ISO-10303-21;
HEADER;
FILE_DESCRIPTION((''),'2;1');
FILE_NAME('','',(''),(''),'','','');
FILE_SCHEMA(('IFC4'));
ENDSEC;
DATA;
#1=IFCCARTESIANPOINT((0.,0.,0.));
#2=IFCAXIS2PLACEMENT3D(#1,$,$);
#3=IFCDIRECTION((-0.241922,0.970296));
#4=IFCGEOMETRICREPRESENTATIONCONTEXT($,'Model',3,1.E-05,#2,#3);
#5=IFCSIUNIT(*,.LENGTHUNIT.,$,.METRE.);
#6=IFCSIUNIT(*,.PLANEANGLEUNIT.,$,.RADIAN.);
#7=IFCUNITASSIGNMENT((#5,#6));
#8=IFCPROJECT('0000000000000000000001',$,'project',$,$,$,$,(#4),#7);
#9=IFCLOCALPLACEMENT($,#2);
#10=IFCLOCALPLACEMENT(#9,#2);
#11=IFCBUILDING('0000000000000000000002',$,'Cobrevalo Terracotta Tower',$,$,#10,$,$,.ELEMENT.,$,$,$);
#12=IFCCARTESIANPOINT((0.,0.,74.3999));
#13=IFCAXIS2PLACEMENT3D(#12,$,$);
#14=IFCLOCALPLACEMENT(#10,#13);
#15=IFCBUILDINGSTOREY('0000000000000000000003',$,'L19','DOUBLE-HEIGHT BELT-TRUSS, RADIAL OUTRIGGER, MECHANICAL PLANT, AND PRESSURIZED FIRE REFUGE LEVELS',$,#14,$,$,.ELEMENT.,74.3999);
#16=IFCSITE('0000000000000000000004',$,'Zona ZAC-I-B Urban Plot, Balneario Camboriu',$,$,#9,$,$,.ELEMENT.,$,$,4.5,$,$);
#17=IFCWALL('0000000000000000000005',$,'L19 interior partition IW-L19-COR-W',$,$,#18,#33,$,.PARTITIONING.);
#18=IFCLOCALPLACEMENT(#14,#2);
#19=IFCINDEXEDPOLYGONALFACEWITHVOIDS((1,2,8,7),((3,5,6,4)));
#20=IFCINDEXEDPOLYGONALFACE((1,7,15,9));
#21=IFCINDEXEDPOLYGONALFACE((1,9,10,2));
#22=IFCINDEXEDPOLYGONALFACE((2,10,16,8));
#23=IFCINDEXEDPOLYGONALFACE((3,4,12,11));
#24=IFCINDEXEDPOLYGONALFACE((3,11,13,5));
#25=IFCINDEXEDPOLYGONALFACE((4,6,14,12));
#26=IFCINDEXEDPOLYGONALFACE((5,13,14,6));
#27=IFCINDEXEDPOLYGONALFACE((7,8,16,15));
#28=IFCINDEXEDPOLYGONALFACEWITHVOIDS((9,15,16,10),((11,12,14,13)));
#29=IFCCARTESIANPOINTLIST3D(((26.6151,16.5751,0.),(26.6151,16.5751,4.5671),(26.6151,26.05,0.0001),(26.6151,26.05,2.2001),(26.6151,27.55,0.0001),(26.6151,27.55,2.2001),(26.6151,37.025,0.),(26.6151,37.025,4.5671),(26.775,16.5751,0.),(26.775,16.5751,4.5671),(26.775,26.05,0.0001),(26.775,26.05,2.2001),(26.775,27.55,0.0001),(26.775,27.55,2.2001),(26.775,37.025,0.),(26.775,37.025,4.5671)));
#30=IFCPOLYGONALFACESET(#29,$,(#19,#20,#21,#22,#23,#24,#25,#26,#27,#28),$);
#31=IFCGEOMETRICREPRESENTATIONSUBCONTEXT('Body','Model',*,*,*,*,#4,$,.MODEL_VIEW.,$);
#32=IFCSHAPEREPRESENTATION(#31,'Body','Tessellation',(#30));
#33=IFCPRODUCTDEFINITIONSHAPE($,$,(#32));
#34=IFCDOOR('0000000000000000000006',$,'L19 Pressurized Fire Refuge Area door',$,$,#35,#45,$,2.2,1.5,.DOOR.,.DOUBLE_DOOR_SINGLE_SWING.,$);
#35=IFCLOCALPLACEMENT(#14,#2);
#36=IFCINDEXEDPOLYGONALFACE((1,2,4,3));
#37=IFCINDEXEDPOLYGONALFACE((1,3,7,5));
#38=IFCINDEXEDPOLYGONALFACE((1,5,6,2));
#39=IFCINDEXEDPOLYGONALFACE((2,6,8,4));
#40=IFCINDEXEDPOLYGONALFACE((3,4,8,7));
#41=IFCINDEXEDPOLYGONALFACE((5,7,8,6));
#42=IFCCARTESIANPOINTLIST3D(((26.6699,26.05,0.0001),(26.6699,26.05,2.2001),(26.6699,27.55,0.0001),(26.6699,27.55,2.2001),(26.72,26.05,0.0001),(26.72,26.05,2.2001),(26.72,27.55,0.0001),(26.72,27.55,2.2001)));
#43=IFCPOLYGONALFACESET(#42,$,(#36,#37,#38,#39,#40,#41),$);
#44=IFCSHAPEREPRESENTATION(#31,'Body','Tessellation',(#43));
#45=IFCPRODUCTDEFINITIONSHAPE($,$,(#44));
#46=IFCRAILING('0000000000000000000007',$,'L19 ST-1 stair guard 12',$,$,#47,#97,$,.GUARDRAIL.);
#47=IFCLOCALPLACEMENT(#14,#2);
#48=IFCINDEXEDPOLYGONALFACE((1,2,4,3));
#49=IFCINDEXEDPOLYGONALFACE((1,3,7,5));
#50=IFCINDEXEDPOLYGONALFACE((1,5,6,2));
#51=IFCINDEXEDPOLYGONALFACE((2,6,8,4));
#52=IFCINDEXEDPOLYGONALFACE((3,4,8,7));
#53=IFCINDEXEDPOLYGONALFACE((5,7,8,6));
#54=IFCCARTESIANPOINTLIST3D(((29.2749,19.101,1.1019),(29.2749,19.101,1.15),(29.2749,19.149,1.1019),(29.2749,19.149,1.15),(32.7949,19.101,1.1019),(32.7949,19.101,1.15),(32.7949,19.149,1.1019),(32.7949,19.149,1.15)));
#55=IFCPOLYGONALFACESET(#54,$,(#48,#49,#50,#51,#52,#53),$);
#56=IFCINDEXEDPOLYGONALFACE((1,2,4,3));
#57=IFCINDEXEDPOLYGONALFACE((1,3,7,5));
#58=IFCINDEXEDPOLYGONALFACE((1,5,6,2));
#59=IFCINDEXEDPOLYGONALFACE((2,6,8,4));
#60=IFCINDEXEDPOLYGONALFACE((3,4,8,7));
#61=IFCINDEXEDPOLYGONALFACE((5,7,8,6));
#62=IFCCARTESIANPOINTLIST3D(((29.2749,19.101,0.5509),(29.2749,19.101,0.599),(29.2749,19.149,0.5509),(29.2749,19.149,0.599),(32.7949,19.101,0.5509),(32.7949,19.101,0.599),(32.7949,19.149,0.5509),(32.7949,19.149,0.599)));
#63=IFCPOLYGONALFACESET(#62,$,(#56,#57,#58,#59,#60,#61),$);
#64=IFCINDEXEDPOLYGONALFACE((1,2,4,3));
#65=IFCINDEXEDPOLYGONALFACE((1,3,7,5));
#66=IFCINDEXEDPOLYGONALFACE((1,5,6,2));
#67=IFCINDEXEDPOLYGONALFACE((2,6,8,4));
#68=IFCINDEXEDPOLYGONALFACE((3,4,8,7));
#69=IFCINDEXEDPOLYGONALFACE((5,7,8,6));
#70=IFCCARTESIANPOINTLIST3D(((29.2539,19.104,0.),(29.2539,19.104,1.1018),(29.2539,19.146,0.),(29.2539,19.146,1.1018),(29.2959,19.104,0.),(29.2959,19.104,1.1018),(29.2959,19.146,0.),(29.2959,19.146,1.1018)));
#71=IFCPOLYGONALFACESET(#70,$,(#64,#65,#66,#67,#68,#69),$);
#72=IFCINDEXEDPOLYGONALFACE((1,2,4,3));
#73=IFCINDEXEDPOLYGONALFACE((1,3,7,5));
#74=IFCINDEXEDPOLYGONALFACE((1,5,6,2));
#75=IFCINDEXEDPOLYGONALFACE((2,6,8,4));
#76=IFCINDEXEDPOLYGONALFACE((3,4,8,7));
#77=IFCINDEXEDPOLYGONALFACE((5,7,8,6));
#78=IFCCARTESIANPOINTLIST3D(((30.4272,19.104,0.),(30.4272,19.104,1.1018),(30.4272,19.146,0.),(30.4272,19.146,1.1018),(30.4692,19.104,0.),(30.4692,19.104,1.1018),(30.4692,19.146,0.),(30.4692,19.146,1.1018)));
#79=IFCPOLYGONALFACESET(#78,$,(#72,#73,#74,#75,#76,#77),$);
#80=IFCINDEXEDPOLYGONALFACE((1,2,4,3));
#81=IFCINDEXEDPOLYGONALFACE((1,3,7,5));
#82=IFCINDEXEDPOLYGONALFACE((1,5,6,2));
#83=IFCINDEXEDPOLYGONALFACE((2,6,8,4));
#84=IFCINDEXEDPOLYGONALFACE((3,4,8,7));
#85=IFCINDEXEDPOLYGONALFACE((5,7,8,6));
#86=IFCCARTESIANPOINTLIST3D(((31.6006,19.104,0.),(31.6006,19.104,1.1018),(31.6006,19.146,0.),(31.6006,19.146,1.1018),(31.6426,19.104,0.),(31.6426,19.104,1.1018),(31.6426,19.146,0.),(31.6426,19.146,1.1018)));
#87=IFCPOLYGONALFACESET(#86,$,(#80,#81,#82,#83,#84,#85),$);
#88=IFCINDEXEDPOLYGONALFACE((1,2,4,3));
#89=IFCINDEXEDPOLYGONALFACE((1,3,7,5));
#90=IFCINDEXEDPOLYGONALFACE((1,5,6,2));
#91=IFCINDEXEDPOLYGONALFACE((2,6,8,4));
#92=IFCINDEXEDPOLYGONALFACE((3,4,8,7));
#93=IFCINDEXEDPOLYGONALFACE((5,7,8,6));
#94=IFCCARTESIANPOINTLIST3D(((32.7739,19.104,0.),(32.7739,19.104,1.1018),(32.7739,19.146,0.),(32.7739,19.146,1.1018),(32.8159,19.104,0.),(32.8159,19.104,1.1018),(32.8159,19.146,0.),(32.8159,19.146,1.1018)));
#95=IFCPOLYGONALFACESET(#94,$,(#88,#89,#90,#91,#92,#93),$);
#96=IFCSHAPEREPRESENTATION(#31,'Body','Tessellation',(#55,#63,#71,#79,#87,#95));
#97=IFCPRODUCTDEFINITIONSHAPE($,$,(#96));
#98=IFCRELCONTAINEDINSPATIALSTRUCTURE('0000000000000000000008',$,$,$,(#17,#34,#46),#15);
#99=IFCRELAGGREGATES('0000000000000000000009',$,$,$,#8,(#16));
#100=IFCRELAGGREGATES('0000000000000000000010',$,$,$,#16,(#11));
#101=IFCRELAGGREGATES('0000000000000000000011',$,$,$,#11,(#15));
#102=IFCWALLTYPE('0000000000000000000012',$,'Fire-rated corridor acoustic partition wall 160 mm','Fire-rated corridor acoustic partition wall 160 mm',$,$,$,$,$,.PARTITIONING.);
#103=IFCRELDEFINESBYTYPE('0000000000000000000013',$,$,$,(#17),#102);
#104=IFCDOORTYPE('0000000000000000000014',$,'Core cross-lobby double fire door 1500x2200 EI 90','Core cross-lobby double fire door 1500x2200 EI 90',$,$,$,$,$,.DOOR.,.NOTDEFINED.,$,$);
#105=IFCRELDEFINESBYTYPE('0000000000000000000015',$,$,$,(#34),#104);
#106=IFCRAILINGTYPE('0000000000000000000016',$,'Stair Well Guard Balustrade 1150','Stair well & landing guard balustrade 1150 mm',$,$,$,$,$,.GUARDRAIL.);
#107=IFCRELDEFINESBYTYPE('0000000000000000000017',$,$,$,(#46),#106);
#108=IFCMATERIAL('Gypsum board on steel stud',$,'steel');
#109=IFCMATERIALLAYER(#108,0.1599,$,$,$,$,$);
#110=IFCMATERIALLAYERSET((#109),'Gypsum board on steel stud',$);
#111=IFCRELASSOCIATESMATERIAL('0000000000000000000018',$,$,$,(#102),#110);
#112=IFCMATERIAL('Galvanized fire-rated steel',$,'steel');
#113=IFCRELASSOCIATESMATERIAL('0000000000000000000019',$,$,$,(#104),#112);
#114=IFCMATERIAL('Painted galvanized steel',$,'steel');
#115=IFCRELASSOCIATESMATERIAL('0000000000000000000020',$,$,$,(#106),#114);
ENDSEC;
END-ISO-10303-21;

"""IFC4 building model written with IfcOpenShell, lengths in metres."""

from ifc_helpers import new_model, si_unit, direction, frame, frame_2d, origin, origin_2d, place, context, subcontext, project, spatial, rectangle, extrude, source, transform, mapped, material, layer, layer_set, type_object, element, fill, save


model = new_model("IFC4")

# Units and contexts
model_context = context("Model", 3, precision=1e-05, world=origin(), true_north=direction((-0.241922, 0.970296)))
body_context = subcontext(model_context, "Body", "Model", "MODEL_VIEW")
ifc_project = project(units=[si_unit("LENGTHUNIT", "METRE"), si_unit("PLANEANGLEUNIT", "RADIAN")], contexts=[model_context])

# Site, building, storey
site_placement = place(None, origin())
site = spatial("IfcSite", under=ifc_project, at=site_placement, Name="Zona ZAC-I-B Urban Plot, Balneario Camboriu", CompositionType="ELEMENT", RefElevation=4.5)
building_placement = place(site_placement, origin())
building = spatial("IfcBuilding", under=site, at=building_placement, Name="Cobrevalo Terracotta Tower", CompositionType="ELEMENT")
storey_placement = place(building_placement, frame((0.0, 0.0, 74.3999)))
storey = spatial("IfcBuildingStorey", under=building, at=storey_placement, Name="L19", Description="DOUBLE-HEIGHT BELT-TRUSS, RADIAL OUTRIGGER, MECHANICAL PLANT, AND PRESSURIZED FIRE REFUGE LEVELS", CompositionType="ELEMENT", Elevation=74.3999)

# Wall, opening, door
ifc_material_1 = material(Name="Gypsum board on steel stud", Category="steel")
ifc_layer_1 = layer(ifc_material_1, 0.1599)
ifc_layer_set_1 = layer_set([ifc_layer_1], Name="Gypsum board on steel stud")
wall_type_1 = type_object("IfcWallType", Name="Fire-rated corridor acoustic partition wall 160 mm", Description="Fire-rated corridor acoustic partition wall 160 mm", PredefinedType="PARTITIONING", material=ifc_layer_set_1)
ifc_material_2 = material(Name="Galvanized fire-rated steel", Category="steel")
wall_1_placement = place(storey_placement, frame((26.6951, 16.575, 0.0), z_axis=(0.0, 0.0, 1.0), x_axis=(0.0, 1.0, 0.0)))
wall_1 = element("IfcWall", 1, at=wall_1_placement, inside=storey, type_object=wall_type_1, Name="L19 interior partition IW-L19-COR-W", PredefinedType="PARTITIONING", context=body_context, shape_type="SweptSolid", body=[
    extrude(rectangle(XDim=20.45, YDim=0.1599, at=frame_2d((10.2251, 0.0))), origin(), (0.0, 0.0, 1.0), 4.5671),
])
opening_1_placement = place(wall_1_placement, frame((9.4751, 0.0, 0.0)))
opening_1 = element("IfcOpeningElement", 2, at=opening_1_placement, cuts=wall_1, PredefinedType="OPENING", context=body_context, shape_type="SweptSolid", body=[
    extrude(rectangle(XDim=1.5, YDim=2.2, at=frame_2d((0.75, 1.1001))), frame((0.0, 0.0898, 0.0), z_axis=(0.0, -1.0, 0.0), x_axis=(1.0, 0.0, 0.0)), (0.0, 0.0, 1.0), 0.1799),
])
door_type_1 = type_object("IfcDoorType", Name="Core cross-lobby double fire door 1500x2200 EI 90", Description="Core cross-lobby double fire door 1500x2200 EI 90", OperationType="NOTDEFINED", PredefinedType="DOOR", material=ifc_material_2)
shared_shape_1 = source(origin(), body_context, "Body", "SweptSolid", [
    extrude(rectangle(XDim=1.5, YDim=2.2, at=frame_2d((0.75, 1.1001))), frame((0.0, 0.0249, 0.0), z_axis=(0.0, -1.0, 0.0), x_axis=(1.0, 0.0, 0.0)), (0.0, 0.0, 1.0), 0.05),
])
door_1_placement = place(opening_1_placement, frame((1.5, 0.0, 0.0), z_axis=(0.0, 0.0, 1.0), x_axis=(-1.0, 0.0, 0.0)))
door_1 = element("IfcDoor", 3, at=door_1_placement, inside=storey, type_object=door_type_1, Name="L19 Pressurized Fire Refuge Area door", OperationType="DOUBLE_DOOR_SINGLE_SWING", OverallHeight=2.2, OverallWidth=1.5, PredefinedType="DOOR", context=body_context, shape_type="MappedRepresentation", body=[
    mapped(shared_shape_1, transform((0.0, 0.0, 0.0), scale=1.0)),
])
fill(opening_1, door_1)

# Railing
ifc_material_3 = material(Name="Painted galvanized steel", Category="steel")
railing_type = type_object("IfcRailingType", Name="Stair Well Guard Balustrade 1150", Description="Stair well & landing guard balustrade 1150 mm", PredefinedType="GUARDRAIL", material=ifc_material_3)
railing_placement = place(storey_placement, frame((29.2749, 19.125, 0.0)))
element("IfcRailing", 4, at=railing_placement, inside=storey, type_object=railing_type, Name="L19 ST-1 stair guard 12", PredefinedType="GUARDRAIL", context=body_context, shape_type="SweptSolid", body=[
    extrude(rectangle(XDim=0.0481, YDim=0.0481, at=origin_2d()), frame((0.0, 0.0, 1.126), z_axis=(1.0, 0.0, 0.0), x_axis=(0.0, 1.0, 0.0)), (0.0, 0.0, 1.0), 3.52),
    extrude(rectangle(XDim=0.0481, YDim=0.0481, at=origin_2d()), frame((0.0, 0.0, 0.575), z_axis=(1.0, 0.0, 0.0), x_axis=(0.0, 1.0, 0.0)), (0.0, 0.0, 1.0), 3.52),
    extrude(rectangle(XDim=0.042, YDim=0.042, at=origin_2d()), origin(), (0.0, 0.0, 1.0), 1.1018),
    extrude(rectangle(XDim=0.042, YDim=0.042, at=origin_2d()), frame((1.1733, 0.0, 0.0)), (0.0, 0.0, 1.0), 1.1018),
    extrude(rectangle(XDim=0.042, YDim=0.042, at=origin_2d()), frame((2.3467, 0.0, 0.0)), (0.0, 0.0, 1.0), 1.1018),
    extrude(rectangle(XDim=0.042, YDim=0.042, at=origin_2d()), frame((3.52, 0.0, 0.0)), (0.0, 0.0, 1.0), 1.1018),
])

save(model, "model.ifc")
